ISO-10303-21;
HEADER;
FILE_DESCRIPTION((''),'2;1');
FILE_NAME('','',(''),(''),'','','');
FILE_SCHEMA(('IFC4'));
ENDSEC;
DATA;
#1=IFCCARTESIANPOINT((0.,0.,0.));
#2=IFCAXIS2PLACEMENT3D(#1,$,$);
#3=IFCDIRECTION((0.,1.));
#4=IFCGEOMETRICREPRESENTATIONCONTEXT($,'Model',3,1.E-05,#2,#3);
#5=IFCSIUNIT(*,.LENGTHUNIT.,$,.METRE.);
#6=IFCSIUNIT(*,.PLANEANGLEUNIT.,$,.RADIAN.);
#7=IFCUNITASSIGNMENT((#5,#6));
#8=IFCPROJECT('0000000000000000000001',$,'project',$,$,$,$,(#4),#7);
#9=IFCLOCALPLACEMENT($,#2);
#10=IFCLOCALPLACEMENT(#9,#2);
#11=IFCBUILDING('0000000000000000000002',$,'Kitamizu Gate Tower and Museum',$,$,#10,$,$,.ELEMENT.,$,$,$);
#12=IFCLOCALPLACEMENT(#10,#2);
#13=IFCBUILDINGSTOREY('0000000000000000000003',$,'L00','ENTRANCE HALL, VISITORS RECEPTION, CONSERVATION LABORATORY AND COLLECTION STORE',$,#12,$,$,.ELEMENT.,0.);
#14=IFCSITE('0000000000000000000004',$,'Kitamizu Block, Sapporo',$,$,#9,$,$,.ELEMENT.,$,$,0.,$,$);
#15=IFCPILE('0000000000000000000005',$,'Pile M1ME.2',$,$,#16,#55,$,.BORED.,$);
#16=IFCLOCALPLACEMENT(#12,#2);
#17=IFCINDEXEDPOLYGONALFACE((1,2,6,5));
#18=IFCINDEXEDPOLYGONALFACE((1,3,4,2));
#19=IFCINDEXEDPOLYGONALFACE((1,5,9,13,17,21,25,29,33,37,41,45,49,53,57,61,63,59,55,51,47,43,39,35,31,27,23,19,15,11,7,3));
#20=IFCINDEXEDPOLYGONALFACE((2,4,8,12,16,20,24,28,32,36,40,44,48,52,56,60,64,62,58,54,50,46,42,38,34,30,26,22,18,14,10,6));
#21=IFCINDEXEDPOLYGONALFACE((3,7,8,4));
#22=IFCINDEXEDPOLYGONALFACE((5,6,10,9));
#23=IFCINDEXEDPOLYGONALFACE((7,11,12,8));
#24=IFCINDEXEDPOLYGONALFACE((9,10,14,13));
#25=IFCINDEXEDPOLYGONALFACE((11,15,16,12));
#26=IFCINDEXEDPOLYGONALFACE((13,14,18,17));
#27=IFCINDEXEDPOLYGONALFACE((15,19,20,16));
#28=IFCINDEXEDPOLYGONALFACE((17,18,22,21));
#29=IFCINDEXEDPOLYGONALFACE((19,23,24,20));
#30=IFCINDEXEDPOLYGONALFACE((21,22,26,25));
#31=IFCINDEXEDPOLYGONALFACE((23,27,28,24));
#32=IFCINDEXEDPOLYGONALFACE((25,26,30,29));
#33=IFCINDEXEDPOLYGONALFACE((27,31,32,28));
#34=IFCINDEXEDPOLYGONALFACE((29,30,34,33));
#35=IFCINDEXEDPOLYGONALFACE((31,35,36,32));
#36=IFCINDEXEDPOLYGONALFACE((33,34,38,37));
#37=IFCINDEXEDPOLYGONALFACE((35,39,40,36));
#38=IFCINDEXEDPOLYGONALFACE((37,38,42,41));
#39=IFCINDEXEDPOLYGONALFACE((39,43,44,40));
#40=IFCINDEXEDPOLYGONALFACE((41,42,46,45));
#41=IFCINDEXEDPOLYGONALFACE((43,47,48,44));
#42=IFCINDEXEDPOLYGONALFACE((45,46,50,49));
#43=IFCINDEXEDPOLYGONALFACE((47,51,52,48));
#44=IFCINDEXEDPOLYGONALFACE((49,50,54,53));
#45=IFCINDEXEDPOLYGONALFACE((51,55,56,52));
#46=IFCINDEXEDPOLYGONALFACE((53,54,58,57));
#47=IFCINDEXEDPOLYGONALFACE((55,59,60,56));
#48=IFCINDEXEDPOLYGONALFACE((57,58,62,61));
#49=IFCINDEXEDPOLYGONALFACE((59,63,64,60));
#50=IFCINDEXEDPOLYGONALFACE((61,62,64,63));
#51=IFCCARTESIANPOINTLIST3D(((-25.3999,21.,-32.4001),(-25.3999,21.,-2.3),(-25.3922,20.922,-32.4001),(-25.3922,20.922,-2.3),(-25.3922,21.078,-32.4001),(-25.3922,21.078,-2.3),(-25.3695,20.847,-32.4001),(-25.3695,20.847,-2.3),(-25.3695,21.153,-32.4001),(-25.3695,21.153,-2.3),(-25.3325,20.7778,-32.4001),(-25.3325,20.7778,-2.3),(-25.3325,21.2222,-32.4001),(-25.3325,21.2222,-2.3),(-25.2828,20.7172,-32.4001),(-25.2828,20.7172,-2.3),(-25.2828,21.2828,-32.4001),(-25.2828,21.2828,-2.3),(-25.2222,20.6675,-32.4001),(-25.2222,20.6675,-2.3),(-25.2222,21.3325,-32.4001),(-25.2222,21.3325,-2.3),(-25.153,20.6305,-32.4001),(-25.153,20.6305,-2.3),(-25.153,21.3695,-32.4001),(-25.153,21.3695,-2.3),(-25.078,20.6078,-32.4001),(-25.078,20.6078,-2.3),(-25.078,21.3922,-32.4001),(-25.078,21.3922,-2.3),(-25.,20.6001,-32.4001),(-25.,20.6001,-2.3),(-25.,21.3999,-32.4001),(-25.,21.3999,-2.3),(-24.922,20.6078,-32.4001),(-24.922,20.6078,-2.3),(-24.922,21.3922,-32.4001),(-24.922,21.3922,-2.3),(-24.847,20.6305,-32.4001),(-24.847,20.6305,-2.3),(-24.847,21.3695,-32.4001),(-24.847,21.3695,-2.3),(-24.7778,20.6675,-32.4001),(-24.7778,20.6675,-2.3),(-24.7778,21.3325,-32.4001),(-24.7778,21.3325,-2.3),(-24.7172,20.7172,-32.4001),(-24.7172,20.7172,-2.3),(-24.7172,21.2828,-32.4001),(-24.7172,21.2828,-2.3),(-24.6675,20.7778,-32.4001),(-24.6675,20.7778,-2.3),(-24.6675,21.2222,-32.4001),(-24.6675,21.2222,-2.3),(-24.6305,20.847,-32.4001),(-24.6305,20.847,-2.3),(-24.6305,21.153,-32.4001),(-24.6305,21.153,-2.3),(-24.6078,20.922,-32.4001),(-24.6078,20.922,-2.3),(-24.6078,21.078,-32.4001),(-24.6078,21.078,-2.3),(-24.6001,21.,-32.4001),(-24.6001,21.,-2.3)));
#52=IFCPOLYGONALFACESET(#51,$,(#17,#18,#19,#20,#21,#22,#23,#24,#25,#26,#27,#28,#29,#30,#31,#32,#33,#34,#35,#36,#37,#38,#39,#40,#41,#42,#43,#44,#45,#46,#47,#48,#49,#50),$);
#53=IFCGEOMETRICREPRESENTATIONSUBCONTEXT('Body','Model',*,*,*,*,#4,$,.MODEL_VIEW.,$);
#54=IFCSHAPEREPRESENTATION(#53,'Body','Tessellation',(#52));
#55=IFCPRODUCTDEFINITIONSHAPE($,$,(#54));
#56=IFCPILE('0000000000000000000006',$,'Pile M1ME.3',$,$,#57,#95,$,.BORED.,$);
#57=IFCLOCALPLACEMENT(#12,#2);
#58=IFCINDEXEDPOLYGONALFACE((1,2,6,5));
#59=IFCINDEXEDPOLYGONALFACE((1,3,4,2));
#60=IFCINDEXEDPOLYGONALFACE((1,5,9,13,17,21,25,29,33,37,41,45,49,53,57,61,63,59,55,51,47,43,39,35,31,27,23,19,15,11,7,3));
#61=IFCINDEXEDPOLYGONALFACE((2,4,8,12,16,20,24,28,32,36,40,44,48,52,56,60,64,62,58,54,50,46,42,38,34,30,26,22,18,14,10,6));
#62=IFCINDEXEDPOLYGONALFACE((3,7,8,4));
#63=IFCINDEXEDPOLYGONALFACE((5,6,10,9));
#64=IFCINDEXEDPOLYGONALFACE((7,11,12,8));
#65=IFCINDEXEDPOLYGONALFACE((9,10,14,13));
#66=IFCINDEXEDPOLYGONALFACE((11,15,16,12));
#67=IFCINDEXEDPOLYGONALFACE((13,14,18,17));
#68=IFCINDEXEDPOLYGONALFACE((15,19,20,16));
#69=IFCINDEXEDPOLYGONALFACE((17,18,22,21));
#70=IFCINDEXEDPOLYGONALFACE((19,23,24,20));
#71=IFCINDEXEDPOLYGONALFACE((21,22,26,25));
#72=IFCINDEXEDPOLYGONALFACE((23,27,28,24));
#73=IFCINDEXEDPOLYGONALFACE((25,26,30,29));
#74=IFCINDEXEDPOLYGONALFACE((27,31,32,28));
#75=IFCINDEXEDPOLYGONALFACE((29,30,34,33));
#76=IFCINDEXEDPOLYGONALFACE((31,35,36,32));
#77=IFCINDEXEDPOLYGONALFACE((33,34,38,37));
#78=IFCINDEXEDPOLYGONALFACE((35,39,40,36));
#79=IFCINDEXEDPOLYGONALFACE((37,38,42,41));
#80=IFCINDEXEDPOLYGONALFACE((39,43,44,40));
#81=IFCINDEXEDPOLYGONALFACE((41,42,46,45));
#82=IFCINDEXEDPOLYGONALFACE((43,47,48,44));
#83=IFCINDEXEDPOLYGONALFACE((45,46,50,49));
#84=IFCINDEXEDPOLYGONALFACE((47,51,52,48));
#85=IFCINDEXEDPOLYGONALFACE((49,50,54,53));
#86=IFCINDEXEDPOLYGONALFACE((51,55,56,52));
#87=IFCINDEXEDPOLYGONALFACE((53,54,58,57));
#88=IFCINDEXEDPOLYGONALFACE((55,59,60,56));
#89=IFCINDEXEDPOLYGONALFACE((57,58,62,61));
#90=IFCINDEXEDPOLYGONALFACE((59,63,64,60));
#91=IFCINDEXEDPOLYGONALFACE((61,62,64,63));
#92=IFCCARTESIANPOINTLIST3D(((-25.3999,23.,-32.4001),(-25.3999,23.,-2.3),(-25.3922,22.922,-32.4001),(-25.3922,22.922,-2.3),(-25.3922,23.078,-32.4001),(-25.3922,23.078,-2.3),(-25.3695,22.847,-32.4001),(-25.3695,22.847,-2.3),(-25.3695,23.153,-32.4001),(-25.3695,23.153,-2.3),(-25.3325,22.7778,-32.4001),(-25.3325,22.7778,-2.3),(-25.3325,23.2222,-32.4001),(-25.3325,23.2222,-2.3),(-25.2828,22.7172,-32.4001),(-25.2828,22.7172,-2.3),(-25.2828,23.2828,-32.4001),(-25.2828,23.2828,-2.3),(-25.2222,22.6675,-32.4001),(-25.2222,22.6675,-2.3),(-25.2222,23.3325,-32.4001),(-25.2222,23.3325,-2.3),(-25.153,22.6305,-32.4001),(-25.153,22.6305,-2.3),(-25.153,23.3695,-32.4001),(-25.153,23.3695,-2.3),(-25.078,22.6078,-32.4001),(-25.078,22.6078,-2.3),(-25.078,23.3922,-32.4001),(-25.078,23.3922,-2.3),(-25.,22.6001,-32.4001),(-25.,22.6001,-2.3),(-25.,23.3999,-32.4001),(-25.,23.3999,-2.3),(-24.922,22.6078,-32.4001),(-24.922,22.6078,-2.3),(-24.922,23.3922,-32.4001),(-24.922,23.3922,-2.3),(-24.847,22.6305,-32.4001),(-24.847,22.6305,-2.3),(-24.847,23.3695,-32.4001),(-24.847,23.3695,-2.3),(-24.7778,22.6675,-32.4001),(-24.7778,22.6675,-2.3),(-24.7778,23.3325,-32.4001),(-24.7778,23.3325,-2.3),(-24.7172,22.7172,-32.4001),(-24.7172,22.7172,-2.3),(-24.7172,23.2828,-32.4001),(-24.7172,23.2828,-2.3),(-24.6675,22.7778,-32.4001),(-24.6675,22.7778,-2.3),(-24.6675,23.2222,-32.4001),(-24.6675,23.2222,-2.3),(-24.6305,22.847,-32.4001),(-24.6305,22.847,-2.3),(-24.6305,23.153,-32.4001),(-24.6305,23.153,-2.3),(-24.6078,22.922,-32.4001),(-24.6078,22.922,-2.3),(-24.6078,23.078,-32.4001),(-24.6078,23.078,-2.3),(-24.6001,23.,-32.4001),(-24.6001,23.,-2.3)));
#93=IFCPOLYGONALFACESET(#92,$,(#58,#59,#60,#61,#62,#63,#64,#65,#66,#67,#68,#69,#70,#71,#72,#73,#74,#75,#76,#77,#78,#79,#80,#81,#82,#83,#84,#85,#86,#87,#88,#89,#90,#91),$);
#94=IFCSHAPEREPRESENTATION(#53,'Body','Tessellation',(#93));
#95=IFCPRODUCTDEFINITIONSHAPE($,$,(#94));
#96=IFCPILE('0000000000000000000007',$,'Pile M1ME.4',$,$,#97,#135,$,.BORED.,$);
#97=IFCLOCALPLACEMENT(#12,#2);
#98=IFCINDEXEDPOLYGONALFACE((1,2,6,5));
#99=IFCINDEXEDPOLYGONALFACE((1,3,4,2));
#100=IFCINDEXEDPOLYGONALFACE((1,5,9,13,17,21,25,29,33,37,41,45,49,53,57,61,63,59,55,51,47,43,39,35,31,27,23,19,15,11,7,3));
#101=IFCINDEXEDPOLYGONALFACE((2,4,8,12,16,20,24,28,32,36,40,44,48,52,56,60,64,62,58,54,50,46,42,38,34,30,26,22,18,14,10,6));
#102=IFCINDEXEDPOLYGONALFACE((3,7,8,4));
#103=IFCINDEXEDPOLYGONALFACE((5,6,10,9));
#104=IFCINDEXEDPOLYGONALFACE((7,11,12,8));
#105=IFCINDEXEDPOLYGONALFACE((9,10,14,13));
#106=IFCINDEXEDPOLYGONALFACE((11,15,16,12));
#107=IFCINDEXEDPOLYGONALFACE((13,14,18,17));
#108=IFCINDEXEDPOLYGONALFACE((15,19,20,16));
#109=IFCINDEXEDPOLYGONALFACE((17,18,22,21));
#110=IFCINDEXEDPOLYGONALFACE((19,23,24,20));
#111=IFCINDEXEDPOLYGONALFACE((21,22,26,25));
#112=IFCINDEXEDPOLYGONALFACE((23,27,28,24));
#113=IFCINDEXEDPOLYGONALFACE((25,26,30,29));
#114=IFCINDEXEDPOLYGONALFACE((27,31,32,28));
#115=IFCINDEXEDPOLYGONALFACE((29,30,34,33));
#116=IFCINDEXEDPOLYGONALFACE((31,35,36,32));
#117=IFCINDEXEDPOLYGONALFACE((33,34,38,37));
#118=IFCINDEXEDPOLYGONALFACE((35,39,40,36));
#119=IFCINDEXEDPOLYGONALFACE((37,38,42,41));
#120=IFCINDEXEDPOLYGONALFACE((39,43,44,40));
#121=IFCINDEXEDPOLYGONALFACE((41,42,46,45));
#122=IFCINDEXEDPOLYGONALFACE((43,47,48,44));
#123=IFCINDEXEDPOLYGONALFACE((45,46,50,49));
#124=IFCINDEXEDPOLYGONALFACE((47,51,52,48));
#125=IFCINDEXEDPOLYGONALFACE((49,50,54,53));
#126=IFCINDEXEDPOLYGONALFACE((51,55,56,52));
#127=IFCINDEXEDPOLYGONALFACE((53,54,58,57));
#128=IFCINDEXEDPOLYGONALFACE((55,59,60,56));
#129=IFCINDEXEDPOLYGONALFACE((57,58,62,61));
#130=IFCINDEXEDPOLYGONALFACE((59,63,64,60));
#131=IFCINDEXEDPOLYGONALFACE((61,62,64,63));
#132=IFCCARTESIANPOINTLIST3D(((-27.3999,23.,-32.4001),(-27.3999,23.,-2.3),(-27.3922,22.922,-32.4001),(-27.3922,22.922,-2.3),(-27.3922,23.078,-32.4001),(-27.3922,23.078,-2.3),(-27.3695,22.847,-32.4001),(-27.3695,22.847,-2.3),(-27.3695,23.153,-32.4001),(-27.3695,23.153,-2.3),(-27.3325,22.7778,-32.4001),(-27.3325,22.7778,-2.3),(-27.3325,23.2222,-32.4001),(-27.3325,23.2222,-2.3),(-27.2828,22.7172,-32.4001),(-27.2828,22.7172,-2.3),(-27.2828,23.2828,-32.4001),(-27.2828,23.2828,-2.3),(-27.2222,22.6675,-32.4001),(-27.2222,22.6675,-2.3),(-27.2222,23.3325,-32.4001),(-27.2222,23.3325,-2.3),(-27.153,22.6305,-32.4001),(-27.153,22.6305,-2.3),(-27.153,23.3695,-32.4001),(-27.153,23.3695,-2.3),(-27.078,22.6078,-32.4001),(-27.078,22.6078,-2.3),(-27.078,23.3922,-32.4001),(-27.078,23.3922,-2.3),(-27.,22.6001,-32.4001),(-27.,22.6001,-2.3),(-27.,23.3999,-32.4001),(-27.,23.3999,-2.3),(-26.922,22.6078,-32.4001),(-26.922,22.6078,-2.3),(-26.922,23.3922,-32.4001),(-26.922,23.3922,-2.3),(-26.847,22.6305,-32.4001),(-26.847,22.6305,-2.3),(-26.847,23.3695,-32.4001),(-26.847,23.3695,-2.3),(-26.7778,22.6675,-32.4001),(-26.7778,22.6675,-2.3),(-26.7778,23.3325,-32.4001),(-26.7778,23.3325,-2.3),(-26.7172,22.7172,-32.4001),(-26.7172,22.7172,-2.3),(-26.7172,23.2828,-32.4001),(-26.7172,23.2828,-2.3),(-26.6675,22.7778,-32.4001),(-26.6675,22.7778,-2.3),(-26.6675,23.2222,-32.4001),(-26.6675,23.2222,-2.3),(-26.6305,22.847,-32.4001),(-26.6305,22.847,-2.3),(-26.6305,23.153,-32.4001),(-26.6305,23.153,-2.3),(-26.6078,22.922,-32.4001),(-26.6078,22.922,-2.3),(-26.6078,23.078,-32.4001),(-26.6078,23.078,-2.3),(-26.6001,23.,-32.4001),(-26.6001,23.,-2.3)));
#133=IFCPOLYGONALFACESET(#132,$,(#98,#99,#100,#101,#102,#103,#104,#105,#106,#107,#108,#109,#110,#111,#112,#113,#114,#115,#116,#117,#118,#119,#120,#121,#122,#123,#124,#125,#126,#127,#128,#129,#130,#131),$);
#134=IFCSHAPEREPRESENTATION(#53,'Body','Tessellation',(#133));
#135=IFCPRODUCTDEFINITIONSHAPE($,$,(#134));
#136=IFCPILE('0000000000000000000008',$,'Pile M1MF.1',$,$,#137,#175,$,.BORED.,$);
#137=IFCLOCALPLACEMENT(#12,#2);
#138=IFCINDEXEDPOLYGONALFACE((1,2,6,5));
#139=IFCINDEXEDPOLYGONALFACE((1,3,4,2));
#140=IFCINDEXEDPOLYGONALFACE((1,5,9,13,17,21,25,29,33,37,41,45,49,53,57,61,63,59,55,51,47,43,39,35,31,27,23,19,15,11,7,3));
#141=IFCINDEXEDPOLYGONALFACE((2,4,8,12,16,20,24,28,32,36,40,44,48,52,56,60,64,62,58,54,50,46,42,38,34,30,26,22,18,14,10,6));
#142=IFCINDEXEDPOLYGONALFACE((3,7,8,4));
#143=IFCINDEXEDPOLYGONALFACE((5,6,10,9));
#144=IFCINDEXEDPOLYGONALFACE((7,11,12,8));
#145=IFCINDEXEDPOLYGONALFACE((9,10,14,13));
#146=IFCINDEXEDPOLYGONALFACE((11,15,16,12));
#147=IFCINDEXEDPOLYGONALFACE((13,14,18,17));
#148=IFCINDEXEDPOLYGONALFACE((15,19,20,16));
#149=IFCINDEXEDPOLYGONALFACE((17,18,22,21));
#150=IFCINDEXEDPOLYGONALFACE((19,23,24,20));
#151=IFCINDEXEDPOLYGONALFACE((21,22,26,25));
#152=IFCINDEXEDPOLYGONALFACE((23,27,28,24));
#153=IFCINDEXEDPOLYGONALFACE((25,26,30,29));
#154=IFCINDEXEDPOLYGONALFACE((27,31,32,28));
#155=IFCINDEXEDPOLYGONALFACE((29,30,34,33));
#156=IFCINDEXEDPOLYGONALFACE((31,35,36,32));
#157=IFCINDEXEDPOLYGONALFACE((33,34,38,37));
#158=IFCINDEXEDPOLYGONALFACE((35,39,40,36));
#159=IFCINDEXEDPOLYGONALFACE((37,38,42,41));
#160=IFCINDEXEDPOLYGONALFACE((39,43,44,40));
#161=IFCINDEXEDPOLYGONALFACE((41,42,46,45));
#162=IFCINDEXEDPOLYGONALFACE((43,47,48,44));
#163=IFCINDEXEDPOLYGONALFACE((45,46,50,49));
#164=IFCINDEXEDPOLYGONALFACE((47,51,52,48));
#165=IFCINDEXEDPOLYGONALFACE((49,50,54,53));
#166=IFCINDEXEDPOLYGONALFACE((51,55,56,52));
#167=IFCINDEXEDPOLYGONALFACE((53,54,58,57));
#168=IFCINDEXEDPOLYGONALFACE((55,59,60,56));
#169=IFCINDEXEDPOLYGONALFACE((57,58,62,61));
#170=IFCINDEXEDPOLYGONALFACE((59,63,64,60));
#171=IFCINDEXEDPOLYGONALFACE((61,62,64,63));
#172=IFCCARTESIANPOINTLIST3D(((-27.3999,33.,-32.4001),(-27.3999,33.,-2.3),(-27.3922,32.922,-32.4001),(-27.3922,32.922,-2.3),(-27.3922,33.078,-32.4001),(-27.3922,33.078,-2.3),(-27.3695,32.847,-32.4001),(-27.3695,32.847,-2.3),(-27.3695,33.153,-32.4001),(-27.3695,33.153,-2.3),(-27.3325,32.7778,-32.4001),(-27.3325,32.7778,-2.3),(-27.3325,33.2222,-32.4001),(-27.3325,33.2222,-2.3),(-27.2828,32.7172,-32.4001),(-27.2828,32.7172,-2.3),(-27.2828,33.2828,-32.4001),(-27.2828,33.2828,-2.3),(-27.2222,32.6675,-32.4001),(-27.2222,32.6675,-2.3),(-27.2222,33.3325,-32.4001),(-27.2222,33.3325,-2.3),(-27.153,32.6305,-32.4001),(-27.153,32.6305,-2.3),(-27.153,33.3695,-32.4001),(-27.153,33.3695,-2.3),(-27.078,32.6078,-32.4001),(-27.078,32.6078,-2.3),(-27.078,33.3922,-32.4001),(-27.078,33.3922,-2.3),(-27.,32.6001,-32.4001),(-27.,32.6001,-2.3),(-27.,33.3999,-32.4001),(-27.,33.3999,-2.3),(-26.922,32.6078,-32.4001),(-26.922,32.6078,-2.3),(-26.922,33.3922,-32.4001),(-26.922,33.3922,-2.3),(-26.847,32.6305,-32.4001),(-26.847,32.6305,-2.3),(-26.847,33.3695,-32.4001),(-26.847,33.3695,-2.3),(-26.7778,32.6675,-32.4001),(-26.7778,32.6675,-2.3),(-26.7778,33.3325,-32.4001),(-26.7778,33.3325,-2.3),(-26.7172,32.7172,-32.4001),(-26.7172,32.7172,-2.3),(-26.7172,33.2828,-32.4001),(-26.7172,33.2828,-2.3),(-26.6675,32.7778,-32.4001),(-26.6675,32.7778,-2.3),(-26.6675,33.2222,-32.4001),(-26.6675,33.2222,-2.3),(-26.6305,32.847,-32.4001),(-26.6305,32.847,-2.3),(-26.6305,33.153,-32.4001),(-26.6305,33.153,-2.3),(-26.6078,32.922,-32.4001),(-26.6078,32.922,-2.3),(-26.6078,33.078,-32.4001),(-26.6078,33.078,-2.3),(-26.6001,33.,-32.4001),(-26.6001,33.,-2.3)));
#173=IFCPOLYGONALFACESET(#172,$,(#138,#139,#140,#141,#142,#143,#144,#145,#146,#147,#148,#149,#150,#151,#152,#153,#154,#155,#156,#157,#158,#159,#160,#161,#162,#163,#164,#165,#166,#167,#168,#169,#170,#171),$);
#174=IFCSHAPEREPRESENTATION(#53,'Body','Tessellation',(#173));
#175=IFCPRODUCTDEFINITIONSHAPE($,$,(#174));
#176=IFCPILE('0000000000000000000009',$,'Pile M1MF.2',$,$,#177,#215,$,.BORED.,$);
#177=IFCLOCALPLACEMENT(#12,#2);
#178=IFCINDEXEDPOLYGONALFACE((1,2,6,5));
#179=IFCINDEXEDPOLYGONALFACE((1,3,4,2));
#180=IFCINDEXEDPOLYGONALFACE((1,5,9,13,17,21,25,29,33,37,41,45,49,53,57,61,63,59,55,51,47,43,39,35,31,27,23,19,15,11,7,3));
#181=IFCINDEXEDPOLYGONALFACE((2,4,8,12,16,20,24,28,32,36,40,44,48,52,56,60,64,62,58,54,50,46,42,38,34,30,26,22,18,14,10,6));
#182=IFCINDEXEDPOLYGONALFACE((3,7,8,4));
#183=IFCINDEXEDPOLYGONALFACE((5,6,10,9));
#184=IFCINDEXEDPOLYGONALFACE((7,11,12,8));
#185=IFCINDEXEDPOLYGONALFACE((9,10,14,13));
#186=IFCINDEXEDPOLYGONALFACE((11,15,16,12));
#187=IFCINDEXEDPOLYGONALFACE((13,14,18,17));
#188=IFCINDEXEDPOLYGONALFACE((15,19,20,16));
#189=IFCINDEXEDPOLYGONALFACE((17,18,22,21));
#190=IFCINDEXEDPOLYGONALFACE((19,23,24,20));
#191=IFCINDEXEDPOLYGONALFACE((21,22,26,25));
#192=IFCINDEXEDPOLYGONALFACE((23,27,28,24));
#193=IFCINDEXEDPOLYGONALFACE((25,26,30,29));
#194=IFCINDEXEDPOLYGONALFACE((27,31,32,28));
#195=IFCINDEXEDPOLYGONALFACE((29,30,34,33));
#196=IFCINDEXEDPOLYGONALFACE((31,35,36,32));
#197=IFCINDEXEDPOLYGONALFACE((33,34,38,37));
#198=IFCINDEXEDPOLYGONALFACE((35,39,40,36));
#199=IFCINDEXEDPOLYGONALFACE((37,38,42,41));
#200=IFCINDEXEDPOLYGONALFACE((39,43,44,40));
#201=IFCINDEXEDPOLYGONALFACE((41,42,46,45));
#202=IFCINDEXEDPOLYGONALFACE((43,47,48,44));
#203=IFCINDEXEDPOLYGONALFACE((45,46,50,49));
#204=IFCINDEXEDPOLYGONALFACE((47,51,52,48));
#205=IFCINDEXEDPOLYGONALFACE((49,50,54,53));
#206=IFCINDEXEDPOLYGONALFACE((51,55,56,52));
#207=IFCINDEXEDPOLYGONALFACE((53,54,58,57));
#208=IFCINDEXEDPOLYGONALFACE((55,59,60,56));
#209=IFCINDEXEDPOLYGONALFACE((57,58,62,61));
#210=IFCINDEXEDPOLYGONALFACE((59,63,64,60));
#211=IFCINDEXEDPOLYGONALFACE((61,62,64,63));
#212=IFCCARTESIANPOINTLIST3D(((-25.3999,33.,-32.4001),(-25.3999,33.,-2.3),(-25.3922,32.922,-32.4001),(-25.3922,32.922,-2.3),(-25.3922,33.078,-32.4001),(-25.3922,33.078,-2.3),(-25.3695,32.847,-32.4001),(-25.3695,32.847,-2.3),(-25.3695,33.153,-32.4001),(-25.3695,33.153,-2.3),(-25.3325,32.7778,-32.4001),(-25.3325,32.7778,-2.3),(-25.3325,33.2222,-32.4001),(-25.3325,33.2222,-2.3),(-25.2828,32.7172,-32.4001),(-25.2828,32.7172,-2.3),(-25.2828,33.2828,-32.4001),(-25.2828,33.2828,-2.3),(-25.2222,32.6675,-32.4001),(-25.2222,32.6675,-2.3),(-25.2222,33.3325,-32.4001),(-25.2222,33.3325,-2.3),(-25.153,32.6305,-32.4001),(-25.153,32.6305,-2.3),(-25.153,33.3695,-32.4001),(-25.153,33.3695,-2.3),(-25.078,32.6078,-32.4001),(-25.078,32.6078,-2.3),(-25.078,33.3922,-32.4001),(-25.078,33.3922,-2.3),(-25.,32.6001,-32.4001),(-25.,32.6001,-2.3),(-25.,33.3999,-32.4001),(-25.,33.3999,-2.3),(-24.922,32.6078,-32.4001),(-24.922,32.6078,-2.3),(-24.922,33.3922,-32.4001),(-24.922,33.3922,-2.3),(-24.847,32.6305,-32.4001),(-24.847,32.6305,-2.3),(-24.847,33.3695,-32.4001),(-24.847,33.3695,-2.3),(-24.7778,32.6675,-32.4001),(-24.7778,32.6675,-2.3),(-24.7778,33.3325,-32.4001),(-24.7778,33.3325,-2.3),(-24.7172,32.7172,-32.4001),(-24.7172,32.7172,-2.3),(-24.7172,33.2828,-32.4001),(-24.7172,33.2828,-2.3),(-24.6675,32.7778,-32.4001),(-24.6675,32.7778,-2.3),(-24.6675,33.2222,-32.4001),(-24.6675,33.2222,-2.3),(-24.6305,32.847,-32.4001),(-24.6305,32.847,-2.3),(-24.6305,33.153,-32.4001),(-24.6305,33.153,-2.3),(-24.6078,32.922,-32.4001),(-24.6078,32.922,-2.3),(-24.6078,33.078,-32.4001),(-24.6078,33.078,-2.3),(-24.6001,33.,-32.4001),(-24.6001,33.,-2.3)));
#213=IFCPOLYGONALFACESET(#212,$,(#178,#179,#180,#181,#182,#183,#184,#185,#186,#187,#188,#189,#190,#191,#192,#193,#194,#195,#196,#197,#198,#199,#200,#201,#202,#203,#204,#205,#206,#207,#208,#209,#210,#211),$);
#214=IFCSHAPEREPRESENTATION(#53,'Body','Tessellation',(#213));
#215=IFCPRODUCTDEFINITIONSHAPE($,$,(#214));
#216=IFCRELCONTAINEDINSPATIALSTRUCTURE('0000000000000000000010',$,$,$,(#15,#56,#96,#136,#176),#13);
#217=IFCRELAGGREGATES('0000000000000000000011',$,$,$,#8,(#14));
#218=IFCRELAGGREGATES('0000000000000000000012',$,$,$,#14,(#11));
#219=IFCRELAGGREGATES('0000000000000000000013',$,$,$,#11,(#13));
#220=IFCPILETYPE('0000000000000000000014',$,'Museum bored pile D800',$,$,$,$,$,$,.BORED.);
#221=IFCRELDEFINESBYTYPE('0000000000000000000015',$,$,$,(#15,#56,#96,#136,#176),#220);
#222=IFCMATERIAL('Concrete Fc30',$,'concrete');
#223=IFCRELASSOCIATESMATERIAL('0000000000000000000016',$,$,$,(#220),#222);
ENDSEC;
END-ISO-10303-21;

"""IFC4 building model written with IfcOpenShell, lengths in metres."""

from ifc_helpers import new_model, si_unit, direction, frame, origin, origin_2d, place, context, subcontext, project, spatial, circle, extrude, material, material_profile, profile_set, type_object, element, save


model = new_model("IFC4")

# Units and contexts
model_context = context("Model", 3, precision=1e-05, world=origin(), true_north=direction((0.0, 1.0)))
body_context = subcontext(model_context, "Body", "Model", "MODEL_VIEW")
ifc_project = project(units=[si_unit("LENGTHUNIT", "METRE"), si_unit("PLANEANGLEUNIT", "RADIAN")], contexts=[model_context])

# Site, building, storey
site_placement = place(None, origin())
site = spatial("IfcSite", under=ifc_project, at=site_placement, Name="Kitamizu Block, Sapporo", CompositionType="ELEMENT", RefElevation=0.0)
building_placement = place(site_placement, origin())
building = spatial("IfcBuilding", under=site, at=building_placement, Name="Kitamizu Gate Tower and Museum", CompositionType="ELEMENT")
storey_placement = place(building_placement, origin())
storey = spatial("IfcBuildingStorey", under=building, at=storey_placement, Name="L00", Description="ENTRANCE HALL, VISITORS RECEPTION, CONSERVATION LABORATORY AND COLLECTION STORE", CompositionType="ELEMENT", Elevation=0.0)

# Piles
ifc_material_1 = material(Name="Concrete Fc30", Category="concrete")
ifc_material_profile_1 = material_profile(ifc_material_1, circle(Radius=0.3999, at=origin_2d()), Name="D800")
ifc_profile_set_1 = profile_set([ifc_material_profile_1], Name="Concrete Fc30")
pile_type = type_object("IfcPileType", Name="Museum bored pile D800", PredefinedType="BORED", material=ifc_profile_set_1)
for number, where, z_axis, x_axis, name in (
    (1, (-25.0, 21.0, -2.3), (0.0, 0.0, -1.0), (1.0, 0.0, 0.0), "Pile M1ME.2"),
    (2, (-25.0, 23.0, -2.3), (0.0, 0.0, -1.0), (1.0, 0.0, 0.0), "Pile M1ME.3"),
    (3, (-27.0, 23.0, -2.3), (0.0, 0.0, -1.0), (1.0, 0.0, 0.0), "Pile M1ME.4"),
    (4, (-27.0, 33.0, -2.3), (0.0, 0.0, -1.0), (1.0, 0.0, 0.0), "Pile M1MF.1"),
    (5, (-25.0, 33.0, -2.3), (0.0, 0.0, -1.0), (1.0, 0.0, 0.0), "Pile M1MF.2"),
):
    element("IfcPile", number, at=place(storey_placement, frame(where, z_axis=z_axis, x_axis=x_axis)), inside=storey, type_object=pile_type, Name=name, PredefinedType="BORED", context=body_context, shape_type="SweptSolid", body=[
        extrude(circle(Radius=0.3999, at=origin_2d()), origin(), (0.0, 0.0, 1.0), 30.1001),
    ])

save(model, "model.ifc")
